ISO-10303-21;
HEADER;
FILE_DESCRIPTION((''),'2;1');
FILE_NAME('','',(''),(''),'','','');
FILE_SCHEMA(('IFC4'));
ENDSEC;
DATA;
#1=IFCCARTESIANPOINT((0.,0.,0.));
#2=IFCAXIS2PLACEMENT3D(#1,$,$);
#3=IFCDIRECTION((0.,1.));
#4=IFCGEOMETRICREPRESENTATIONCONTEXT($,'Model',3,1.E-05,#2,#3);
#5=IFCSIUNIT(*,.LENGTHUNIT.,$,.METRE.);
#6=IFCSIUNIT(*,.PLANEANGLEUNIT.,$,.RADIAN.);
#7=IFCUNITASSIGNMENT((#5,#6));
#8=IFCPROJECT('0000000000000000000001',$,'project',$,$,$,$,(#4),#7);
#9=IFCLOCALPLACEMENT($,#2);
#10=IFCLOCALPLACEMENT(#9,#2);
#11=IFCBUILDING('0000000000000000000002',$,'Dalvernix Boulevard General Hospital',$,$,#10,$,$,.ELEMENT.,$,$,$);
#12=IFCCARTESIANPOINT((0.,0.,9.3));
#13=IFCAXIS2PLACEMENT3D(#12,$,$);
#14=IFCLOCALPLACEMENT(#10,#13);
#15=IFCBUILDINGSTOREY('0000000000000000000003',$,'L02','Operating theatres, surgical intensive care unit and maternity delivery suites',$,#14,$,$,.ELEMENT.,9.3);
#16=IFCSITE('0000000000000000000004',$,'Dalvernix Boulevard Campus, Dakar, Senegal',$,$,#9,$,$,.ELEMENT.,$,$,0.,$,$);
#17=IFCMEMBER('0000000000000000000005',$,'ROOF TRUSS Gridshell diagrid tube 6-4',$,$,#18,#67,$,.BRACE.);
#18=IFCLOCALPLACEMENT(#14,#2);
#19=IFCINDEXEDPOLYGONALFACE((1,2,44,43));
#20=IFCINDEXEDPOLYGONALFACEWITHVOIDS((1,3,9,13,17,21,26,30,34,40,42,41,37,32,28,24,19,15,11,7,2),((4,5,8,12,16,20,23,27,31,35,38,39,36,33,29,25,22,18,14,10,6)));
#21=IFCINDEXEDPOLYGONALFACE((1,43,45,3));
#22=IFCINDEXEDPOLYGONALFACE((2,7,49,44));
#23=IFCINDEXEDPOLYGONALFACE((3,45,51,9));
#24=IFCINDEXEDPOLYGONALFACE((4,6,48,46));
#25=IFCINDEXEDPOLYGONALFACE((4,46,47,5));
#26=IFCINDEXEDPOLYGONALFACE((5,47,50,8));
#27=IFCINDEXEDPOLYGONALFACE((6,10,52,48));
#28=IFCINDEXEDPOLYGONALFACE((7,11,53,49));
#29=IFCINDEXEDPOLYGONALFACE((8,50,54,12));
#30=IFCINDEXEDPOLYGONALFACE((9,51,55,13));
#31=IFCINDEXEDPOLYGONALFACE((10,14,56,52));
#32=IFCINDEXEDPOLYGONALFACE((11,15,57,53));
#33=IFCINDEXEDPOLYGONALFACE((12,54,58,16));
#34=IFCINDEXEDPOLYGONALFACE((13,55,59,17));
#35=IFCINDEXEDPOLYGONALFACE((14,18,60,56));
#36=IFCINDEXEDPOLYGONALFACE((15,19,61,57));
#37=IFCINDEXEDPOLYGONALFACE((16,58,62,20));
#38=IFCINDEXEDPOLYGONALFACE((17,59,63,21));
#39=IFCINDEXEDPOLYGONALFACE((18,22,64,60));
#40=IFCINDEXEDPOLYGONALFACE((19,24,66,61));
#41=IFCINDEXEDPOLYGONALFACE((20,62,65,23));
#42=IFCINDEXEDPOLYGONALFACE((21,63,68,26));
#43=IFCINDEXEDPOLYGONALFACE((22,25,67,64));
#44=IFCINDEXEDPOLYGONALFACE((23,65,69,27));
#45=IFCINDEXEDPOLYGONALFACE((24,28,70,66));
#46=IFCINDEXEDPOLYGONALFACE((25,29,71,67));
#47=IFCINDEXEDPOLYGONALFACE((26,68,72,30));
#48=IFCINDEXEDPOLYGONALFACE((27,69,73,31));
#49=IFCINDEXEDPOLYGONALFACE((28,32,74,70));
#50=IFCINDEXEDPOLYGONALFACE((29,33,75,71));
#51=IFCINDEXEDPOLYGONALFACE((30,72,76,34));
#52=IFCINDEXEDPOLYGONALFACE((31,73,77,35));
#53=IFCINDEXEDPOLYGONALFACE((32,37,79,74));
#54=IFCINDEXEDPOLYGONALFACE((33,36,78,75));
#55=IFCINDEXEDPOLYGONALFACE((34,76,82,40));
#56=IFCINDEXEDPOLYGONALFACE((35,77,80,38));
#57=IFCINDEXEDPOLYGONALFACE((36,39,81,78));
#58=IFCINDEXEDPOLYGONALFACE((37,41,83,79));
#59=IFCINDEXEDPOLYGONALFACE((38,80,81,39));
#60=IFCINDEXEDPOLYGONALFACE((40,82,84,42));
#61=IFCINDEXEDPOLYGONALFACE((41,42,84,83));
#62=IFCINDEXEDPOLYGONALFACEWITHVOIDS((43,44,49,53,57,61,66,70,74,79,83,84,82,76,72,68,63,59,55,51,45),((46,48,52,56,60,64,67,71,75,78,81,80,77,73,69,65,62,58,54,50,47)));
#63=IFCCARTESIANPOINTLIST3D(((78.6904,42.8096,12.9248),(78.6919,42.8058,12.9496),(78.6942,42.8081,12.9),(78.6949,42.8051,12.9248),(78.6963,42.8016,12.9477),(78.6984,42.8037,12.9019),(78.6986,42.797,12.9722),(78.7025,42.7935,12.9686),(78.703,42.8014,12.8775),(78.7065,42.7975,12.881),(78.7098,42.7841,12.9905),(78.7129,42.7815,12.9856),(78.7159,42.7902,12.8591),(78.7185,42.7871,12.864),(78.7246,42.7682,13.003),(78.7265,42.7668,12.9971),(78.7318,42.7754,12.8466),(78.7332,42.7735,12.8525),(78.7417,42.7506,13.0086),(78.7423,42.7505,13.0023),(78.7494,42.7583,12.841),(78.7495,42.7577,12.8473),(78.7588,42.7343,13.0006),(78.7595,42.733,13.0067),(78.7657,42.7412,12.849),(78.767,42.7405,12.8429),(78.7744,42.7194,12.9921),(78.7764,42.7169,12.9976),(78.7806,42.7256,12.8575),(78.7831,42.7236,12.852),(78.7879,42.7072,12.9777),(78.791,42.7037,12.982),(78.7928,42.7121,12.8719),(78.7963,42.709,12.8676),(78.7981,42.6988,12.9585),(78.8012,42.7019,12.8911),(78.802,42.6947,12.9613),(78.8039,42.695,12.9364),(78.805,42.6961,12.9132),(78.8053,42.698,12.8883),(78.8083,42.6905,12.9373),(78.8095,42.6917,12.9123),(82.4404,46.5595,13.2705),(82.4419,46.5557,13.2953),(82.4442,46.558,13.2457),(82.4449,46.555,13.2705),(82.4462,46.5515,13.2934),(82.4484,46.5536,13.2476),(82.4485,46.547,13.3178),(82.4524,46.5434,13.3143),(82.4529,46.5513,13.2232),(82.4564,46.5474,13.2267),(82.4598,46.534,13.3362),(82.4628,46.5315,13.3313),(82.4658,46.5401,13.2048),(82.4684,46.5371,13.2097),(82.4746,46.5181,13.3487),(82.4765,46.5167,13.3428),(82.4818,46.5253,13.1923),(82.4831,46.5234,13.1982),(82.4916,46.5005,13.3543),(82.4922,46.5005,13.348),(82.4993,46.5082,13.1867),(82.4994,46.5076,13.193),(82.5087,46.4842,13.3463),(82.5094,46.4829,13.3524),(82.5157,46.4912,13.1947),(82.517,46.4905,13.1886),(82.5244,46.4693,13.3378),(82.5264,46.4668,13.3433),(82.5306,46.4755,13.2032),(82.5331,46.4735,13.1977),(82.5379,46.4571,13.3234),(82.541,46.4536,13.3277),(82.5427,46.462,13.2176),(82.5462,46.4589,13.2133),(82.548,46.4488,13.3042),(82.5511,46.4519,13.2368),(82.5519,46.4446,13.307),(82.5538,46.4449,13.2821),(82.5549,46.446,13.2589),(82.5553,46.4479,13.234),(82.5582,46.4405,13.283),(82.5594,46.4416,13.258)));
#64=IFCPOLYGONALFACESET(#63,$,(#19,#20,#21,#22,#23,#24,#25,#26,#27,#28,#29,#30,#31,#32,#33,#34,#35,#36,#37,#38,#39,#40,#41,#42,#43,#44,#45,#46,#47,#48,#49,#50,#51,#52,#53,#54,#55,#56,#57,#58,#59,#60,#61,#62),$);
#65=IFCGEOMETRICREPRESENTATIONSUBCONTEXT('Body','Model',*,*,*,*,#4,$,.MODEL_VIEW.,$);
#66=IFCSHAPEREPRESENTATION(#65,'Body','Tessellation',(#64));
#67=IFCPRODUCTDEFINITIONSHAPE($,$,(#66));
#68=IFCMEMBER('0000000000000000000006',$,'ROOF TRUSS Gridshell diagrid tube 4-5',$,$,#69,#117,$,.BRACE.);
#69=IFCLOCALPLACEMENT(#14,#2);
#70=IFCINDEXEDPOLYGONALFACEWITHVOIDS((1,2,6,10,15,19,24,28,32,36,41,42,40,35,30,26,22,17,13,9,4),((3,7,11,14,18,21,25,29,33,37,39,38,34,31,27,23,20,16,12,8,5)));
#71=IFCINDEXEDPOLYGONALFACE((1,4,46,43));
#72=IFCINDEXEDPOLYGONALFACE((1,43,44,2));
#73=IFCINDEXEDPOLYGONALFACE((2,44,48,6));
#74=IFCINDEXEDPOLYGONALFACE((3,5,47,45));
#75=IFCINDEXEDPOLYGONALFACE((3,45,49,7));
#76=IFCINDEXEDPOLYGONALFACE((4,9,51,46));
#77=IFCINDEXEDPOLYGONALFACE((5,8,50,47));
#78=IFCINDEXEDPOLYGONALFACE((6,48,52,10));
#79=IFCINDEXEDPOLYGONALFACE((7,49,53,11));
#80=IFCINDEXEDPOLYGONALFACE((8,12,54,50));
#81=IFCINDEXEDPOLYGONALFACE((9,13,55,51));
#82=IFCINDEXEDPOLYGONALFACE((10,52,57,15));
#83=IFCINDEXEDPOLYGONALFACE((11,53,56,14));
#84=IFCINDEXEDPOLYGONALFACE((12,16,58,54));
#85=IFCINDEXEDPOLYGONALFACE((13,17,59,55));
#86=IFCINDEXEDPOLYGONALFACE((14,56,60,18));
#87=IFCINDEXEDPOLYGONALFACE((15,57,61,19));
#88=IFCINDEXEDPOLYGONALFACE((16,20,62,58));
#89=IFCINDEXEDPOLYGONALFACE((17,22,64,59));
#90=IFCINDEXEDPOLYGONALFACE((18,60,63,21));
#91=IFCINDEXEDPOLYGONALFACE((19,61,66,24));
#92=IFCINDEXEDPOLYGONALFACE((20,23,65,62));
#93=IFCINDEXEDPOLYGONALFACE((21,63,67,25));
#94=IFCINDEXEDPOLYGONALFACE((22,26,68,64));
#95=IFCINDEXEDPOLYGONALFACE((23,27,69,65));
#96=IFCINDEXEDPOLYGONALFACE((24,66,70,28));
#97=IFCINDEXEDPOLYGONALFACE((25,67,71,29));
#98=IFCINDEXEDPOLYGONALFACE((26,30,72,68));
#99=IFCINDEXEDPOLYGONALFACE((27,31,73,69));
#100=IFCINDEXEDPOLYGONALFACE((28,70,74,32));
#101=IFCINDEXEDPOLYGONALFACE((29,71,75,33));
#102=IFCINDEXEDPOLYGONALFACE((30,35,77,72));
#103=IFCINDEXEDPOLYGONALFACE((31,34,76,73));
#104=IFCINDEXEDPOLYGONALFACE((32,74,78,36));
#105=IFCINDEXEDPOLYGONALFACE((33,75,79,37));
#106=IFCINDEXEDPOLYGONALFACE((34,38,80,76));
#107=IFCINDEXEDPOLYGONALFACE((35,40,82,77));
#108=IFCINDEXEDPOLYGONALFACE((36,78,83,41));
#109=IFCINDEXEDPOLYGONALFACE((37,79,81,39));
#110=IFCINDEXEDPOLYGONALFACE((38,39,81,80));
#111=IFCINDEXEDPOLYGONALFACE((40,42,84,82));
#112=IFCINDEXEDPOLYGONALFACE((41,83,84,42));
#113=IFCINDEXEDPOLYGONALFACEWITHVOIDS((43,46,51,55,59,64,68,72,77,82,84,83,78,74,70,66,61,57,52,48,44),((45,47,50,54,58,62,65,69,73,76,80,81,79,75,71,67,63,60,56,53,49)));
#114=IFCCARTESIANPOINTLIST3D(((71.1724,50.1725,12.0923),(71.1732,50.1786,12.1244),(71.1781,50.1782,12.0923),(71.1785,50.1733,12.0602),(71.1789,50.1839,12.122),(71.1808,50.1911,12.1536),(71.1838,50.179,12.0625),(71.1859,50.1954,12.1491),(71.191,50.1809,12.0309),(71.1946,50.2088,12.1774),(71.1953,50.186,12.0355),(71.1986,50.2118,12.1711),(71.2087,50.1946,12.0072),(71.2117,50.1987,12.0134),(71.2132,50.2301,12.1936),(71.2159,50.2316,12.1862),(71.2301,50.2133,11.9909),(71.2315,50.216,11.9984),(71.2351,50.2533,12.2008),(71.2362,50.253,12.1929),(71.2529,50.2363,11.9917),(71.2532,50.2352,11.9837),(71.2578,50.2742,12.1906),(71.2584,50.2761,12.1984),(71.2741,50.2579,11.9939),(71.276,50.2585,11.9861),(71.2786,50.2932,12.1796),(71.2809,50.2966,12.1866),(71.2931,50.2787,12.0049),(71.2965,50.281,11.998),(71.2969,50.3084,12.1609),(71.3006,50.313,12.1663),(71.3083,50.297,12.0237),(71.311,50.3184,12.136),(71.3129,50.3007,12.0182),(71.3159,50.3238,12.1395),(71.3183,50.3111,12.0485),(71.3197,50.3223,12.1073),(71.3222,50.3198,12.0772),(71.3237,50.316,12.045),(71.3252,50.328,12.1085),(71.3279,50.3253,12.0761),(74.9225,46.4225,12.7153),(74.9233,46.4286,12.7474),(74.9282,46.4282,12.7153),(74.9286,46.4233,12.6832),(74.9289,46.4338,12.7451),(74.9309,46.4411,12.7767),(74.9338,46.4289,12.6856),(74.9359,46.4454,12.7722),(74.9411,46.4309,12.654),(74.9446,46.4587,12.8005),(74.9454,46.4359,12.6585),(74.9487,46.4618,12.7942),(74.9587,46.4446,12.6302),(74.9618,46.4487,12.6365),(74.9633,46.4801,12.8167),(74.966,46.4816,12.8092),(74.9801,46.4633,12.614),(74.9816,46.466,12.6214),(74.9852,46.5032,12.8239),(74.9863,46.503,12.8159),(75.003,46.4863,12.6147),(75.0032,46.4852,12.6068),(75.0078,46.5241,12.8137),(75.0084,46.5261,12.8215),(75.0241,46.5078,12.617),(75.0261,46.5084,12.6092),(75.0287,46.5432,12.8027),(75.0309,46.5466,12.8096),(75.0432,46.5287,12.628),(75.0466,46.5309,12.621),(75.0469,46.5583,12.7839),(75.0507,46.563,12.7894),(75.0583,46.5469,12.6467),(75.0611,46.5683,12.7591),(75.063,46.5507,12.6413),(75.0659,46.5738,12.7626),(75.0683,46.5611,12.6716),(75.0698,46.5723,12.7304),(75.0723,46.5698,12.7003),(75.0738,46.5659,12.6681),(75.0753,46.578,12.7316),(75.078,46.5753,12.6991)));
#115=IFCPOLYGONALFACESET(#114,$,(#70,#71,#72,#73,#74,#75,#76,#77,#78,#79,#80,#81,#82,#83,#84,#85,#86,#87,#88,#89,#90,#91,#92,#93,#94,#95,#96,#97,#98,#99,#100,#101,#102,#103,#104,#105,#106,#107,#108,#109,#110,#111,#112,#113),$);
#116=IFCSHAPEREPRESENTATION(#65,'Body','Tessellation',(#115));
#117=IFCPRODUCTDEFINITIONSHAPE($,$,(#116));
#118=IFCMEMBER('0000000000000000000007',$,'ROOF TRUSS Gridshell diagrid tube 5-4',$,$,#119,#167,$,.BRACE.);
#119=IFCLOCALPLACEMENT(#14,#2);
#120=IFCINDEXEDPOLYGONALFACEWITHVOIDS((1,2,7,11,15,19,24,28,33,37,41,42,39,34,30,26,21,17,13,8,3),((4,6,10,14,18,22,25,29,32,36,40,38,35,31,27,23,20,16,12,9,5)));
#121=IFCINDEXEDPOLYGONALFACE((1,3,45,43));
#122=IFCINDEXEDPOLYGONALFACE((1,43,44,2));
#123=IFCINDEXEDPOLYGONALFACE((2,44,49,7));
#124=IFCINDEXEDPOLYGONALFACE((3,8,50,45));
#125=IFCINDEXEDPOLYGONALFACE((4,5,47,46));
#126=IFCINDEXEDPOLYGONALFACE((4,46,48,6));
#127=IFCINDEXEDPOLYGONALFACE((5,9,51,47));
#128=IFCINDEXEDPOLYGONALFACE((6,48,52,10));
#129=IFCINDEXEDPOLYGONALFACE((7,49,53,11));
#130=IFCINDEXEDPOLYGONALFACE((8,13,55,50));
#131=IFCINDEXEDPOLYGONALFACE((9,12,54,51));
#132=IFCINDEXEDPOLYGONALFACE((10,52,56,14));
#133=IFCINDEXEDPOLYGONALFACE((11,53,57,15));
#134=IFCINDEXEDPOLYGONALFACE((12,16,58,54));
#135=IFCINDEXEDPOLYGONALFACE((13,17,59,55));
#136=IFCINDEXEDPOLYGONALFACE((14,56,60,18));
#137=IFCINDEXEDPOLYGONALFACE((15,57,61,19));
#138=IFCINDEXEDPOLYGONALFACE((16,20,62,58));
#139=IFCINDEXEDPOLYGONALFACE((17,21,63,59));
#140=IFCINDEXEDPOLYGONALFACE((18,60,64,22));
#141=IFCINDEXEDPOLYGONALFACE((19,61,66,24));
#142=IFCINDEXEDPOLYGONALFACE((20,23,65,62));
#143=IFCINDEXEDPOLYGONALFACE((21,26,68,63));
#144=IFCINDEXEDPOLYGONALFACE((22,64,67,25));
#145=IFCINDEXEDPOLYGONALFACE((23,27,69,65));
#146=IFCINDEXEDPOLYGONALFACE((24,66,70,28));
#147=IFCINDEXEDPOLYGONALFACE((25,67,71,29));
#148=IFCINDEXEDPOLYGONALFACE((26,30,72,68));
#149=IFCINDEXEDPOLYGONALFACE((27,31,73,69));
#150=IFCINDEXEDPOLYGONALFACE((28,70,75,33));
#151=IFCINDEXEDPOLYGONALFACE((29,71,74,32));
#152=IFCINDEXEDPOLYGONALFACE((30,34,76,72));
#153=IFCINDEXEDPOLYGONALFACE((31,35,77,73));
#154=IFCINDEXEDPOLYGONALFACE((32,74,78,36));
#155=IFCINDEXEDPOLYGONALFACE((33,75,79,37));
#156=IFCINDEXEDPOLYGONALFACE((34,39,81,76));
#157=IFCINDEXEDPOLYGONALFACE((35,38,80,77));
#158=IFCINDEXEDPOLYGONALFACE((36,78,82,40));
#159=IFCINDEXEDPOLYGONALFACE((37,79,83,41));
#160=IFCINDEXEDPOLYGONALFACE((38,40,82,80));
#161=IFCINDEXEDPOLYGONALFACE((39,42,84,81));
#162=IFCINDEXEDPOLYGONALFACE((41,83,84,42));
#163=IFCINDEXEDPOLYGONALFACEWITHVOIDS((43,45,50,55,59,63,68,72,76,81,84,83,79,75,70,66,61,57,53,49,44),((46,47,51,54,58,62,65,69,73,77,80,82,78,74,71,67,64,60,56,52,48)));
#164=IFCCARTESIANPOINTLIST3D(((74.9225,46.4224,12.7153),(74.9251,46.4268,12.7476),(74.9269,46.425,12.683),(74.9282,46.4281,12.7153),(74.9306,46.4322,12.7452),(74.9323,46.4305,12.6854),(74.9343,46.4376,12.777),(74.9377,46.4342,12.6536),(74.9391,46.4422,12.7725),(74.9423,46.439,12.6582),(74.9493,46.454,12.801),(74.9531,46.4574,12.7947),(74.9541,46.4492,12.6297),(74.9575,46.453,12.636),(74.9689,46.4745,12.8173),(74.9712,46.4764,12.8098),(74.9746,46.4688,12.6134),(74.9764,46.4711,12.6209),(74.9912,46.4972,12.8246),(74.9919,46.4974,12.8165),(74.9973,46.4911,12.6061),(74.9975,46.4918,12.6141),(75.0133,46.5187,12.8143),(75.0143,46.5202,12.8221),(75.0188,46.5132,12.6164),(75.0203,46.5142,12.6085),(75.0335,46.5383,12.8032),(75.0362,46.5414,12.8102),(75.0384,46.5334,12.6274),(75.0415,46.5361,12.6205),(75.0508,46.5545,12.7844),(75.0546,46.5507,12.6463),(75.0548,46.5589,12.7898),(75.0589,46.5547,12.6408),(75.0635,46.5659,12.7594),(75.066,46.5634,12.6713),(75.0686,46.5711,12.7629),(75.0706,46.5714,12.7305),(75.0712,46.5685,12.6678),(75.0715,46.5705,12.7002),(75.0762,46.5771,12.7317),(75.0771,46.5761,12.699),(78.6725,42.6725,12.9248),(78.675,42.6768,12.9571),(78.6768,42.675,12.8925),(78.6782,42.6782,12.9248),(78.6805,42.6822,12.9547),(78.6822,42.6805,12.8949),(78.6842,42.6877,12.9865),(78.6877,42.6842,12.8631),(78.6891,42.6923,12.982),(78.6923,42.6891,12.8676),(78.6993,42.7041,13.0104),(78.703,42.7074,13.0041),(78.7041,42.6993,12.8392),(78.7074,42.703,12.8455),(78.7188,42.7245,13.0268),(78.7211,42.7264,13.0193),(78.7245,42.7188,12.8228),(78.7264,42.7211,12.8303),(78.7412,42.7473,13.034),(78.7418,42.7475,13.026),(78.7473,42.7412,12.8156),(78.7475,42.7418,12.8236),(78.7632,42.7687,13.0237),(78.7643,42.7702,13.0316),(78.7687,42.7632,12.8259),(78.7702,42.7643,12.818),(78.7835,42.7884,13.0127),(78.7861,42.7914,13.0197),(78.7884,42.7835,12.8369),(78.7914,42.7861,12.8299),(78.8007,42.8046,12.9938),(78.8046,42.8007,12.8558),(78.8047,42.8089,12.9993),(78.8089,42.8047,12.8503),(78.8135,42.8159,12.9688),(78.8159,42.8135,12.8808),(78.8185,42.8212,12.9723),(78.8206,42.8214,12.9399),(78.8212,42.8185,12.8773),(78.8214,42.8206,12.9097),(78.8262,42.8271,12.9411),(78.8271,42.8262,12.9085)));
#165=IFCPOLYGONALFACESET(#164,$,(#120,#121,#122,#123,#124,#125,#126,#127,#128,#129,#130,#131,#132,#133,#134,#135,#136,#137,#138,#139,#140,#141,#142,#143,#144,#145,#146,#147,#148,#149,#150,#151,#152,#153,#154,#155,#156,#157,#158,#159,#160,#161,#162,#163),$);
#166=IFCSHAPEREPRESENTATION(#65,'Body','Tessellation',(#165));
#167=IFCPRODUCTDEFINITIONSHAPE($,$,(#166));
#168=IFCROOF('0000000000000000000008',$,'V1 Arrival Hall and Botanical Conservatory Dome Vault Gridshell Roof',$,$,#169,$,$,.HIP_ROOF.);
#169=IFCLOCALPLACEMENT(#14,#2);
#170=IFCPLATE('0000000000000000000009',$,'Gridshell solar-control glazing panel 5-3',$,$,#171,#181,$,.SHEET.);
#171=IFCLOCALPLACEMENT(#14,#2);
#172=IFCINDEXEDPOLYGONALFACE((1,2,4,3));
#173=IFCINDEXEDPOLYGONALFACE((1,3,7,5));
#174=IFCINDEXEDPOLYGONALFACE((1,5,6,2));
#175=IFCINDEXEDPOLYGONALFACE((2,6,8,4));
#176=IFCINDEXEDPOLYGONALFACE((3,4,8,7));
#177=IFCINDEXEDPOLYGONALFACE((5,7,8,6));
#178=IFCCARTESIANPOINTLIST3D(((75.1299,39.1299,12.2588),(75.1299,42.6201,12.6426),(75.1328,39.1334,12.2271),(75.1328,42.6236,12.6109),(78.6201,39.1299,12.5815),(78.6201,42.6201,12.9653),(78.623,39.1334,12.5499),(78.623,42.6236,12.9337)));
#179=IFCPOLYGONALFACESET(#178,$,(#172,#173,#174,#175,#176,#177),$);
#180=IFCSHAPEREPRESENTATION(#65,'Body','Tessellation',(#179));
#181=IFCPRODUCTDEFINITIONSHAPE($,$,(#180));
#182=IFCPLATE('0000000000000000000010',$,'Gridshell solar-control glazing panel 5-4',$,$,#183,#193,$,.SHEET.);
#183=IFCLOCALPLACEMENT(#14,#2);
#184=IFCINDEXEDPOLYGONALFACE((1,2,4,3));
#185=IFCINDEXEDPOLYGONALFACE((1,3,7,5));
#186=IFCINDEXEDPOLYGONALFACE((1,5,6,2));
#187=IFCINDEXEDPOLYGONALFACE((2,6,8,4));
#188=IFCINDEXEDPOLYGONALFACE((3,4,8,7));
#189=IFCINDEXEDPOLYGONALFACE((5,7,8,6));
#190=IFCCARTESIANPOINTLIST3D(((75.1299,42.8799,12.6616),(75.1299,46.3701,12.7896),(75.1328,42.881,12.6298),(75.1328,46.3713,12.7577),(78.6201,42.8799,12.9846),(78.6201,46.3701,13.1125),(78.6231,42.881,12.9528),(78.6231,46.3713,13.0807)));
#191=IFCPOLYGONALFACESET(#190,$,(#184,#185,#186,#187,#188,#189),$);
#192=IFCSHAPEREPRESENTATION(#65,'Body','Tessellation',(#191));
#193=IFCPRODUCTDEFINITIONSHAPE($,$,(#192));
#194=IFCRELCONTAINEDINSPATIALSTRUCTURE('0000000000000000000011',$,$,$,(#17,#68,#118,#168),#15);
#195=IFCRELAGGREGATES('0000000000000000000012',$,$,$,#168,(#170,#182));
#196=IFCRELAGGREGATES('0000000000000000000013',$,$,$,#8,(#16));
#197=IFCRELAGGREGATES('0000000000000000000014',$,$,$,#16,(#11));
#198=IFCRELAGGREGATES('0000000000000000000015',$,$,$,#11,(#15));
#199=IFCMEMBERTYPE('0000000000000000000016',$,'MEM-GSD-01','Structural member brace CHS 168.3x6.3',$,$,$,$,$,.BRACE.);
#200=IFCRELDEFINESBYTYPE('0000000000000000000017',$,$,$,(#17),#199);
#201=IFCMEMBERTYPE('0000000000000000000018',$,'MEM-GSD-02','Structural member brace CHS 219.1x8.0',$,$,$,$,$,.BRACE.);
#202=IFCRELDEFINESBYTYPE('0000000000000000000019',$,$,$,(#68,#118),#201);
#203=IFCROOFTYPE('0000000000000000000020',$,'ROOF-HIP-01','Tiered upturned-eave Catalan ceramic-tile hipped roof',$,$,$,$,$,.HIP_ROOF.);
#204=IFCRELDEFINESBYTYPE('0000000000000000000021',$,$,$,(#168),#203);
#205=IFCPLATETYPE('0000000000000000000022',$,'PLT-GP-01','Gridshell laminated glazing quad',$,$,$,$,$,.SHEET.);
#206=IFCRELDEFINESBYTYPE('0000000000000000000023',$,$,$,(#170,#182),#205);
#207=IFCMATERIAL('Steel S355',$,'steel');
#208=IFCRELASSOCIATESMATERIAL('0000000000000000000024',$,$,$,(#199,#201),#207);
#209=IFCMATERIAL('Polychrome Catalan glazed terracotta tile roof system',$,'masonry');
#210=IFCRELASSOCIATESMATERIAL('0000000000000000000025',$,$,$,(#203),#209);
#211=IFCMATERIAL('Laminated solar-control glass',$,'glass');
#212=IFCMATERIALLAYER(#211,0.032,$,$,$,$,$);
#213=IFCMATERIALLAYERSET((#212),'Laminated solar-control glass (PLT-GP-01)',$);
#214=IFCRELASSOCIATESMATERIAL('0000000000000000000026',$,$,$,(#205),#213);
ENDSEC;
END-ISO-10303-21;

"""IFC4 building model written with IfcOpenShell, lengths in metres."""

from ifc_helpers import new_model, si_unit, direction, frame, origin, origin_2d, place, context, subcontext, project, spatial, polyline, hollow_circle, outline, extrude, material, layer, layer_set, material_profile, profile_set, type_object, element, aggregate, save


model = new_model("IFC4")

# Units and contexts
model_context = context("Model", 3, precision=1e-05, world=origin(), true_north=direction((0.0, 1.0)))
body_context = subcontext(model_context, "Body", "Model", "MODEL_VIEW")
ifc_project = project(units=[si_unit("LENGTHUNIT", "METRE"), si_unit("PLANEANGLEUNIT", "RADIAN")], contexts=[model_context])

# Site, building, storey
site_placement = place(None, origin())
site = spatial("IfcSite", under=ifc_project, at=site_placement, Name="Dalvernix Boulevard Campus, Dakar, Senegal", CompositionType="ELEMENT", RefElevation=0.0)
building_placement = place(site_placement, origin())
building = spatial("IfcBuilding", under=site, at=building_placement, Name="Dalvernix Boulevard General Hospital", CompositionType="ELEMENT")
storey_placement = place(building_placement, frame((0.0, 0.0, 9.3)))
storey = spatial("IfcBuildingStorey", under=building, at=storey_placement, Name="L02", Description="Operating theatres, surgical intensive care unit and maternity delivery suites", CompositionType="ELEMENT", Elevation=9.3)

# Shared definitions
ifc_material_1 = material(Name="Steel S355", Category="steel")

# Members
ifc_material_profile_1 = material_profile(ifc_material_1, hollow_circle(Radius=0.0842, WallThickness=0.0063, at=origin_2d()), Name="CHS 168.3x6.3")
ifc_profile_set_1 = profile_set([ifc_material_profile_1], Name="Steel S355")
member_type_1 = type_object("IfcMemberType", Name="MEM-GSD-01", Description="Structural member brace CHS 168.3x6.3", PredefinedType="BRACE", material=ifc_profile_set_1)
member_1_placement = place(storey_placement, frame((78.75, 42.75, 12.9248), z_axis=(0.705609, 0.705609, 0.065048), x_axis=(-0.707107, 0.707107, 0.0)))
element("IfcMember", 1, at=member_1_placement, inside=storey, type_object=member_type_1, Name="ROOF TRUSS Gridshell diagrid tube 6-4", PredefinedType="BRACE", context=body_context, shape_type="SweptSolid", body=[
    extrude(hollow_circle(Radius=0.0842, WallThickness=0.0063, at=origin_2d()), origin(), (0.0, 0.0, 1.0), 5.3145),
])
ifc_material_profile_2 = material_profile(ifc_material_1, hollow_circle(Radius=0.1096, WallThickness=0.0081, at=origin_2d()), Name="CHS 219.1x8.0")
ifc_profile_set_2 = profile_set([ifc_material_profile_2], Name="Steel S355")
member_type_2 = type_object("IfcMemberType", Name="MEM-GSD-02", Description="Structural member brace CHS 219.1x8.0", PredefinedType="BRACE", material=ifc_profile_set_2)
member_2_placement = place(storey_placement, frame((75.0, 46.5, 12.7153), z_axis=(-0.702277, 0.702277, -0.11668), x_axis=(-0.707107, -0.707107, 0.0)))
element("IfcMember", 2, at=member_2_placement, inside=storey, type_object=member_type_2, Name="ROOF TRUSS Gridshell diagrid tube 4-5", PredefinedType="BRACE", context=body_context, shape_type="SweptSolid", body=[
    extrude(hollow_circle(Radius=0.1096, WallThickness=0.0081, at=origin_2d()), origin(), (0.0, 0.0, 1.0), 5.3398),
])
member_3_placement = place(storey_placement, frame((78.75, 42.75, 12.9248), z_axis=(-0.706556, 0.706556, -0.039468), x_axis=(-0.707107, -0.707107, 0.0)))
element("IfcMember", 3, at=member_3_placement, inside=storey, type_object=member_type_2, Name="ROOF TRUSS Gridshell diagrid tube 5-4", PredefinedType="BRACE", context=body_context, shape_type="SweptSolid", body=[
    extrude(hollow_circle(Radius=0.1096, WallThickness=0.0081, at=origin_2d()), origin(), (0.0, 0.0, 1.0), 5.3074),
])

# Roof, plates
ifc_material_2 = material(Name="Polychrome Catalan glazed terracotta tile roof system", Category="masonry")
roof_type = type_object("IfcRoofType", Name="ROOF-HIP-01", Description="Tiered upturned-eave Catalan ceramic-tile hipped roof", PredefinedType="HIP_ROOF", material=ifc_material_2)
roof_placement = place(storey_placement, origin())
roof = element("IfcRoof", 4, at=roof_placement, inside=storey, type_object=roof_type, Name="V1 Arrival Hall and Botanical Conservatory Dome Vault Gridshell Roof", PredefinedType="HIP_ROOF")
ifc_material_3 = material(Name="Laminated solar-control glass", Category="glass")
ifc_layer_1 = layer(ifc_material_3, 0.032)
ifc_layer_set_1 = layer_set([ifc_layer_1], Name="Laminated solar-control glass (PLT-GP-01)")
plate_type_1 = type_object("IfcPlateType", Name="PLT-GP-01", Description="Gridshell laminated glazing quad", PredefinedType="SHEET", material=ifc_layer_set_1)
plate_1_placement = place(storey_placement, frame((75.1299, 39.1299, 12.2588), z_axis=(-0.091533, -0.108843, 0.989836), x_axis=(0.995752, 0.0, 0.092081)))
plate_1 = element("IfcPlate", 5, at=plate_1_placement, type_object=plate_type_1, Name="Gridshell solar-control glazing panel 5-3", PredefinedType="SHEET", context=body_context, shape_type="SweptSolid", body=[
    extrude(outline(polyline([(0.0, 0.0), (3.5051, 0.0), (3.5405, 3.5111), (0.0353, 3.5111), (0.0, 0.0)])), origin(), (0.0, 0.0, -1.0), 0.032),
])
plate_2_placement = place(storey_placement, frame((75.1299, 42.8799, 12.6616), z_axis=(-0.092088, -0.036473, 0.995083), x_axis=(0.995745, 0.0, 0.09215)))
plate_2 = element("IfcPlate", 6, at=plate_2_placement, type_object=plate_type_1, Name="Gridshell solar-control glazing panel 5-4", PredefinedType="SHEET", context=body_context, shape_type="SweptSolid", body=[
    extrude(outline(polyline([(0.0, 0.0), (3.5051, 0.0), (3.5169, 3.4926), (0.0118, 3.4926), (0.0, 0.0)])), origin(), (0.0, 0.0, -1.0), 0.032),
])
aggregate(roof, [plate_1, plate_2])

save(model, "model.ifc")
